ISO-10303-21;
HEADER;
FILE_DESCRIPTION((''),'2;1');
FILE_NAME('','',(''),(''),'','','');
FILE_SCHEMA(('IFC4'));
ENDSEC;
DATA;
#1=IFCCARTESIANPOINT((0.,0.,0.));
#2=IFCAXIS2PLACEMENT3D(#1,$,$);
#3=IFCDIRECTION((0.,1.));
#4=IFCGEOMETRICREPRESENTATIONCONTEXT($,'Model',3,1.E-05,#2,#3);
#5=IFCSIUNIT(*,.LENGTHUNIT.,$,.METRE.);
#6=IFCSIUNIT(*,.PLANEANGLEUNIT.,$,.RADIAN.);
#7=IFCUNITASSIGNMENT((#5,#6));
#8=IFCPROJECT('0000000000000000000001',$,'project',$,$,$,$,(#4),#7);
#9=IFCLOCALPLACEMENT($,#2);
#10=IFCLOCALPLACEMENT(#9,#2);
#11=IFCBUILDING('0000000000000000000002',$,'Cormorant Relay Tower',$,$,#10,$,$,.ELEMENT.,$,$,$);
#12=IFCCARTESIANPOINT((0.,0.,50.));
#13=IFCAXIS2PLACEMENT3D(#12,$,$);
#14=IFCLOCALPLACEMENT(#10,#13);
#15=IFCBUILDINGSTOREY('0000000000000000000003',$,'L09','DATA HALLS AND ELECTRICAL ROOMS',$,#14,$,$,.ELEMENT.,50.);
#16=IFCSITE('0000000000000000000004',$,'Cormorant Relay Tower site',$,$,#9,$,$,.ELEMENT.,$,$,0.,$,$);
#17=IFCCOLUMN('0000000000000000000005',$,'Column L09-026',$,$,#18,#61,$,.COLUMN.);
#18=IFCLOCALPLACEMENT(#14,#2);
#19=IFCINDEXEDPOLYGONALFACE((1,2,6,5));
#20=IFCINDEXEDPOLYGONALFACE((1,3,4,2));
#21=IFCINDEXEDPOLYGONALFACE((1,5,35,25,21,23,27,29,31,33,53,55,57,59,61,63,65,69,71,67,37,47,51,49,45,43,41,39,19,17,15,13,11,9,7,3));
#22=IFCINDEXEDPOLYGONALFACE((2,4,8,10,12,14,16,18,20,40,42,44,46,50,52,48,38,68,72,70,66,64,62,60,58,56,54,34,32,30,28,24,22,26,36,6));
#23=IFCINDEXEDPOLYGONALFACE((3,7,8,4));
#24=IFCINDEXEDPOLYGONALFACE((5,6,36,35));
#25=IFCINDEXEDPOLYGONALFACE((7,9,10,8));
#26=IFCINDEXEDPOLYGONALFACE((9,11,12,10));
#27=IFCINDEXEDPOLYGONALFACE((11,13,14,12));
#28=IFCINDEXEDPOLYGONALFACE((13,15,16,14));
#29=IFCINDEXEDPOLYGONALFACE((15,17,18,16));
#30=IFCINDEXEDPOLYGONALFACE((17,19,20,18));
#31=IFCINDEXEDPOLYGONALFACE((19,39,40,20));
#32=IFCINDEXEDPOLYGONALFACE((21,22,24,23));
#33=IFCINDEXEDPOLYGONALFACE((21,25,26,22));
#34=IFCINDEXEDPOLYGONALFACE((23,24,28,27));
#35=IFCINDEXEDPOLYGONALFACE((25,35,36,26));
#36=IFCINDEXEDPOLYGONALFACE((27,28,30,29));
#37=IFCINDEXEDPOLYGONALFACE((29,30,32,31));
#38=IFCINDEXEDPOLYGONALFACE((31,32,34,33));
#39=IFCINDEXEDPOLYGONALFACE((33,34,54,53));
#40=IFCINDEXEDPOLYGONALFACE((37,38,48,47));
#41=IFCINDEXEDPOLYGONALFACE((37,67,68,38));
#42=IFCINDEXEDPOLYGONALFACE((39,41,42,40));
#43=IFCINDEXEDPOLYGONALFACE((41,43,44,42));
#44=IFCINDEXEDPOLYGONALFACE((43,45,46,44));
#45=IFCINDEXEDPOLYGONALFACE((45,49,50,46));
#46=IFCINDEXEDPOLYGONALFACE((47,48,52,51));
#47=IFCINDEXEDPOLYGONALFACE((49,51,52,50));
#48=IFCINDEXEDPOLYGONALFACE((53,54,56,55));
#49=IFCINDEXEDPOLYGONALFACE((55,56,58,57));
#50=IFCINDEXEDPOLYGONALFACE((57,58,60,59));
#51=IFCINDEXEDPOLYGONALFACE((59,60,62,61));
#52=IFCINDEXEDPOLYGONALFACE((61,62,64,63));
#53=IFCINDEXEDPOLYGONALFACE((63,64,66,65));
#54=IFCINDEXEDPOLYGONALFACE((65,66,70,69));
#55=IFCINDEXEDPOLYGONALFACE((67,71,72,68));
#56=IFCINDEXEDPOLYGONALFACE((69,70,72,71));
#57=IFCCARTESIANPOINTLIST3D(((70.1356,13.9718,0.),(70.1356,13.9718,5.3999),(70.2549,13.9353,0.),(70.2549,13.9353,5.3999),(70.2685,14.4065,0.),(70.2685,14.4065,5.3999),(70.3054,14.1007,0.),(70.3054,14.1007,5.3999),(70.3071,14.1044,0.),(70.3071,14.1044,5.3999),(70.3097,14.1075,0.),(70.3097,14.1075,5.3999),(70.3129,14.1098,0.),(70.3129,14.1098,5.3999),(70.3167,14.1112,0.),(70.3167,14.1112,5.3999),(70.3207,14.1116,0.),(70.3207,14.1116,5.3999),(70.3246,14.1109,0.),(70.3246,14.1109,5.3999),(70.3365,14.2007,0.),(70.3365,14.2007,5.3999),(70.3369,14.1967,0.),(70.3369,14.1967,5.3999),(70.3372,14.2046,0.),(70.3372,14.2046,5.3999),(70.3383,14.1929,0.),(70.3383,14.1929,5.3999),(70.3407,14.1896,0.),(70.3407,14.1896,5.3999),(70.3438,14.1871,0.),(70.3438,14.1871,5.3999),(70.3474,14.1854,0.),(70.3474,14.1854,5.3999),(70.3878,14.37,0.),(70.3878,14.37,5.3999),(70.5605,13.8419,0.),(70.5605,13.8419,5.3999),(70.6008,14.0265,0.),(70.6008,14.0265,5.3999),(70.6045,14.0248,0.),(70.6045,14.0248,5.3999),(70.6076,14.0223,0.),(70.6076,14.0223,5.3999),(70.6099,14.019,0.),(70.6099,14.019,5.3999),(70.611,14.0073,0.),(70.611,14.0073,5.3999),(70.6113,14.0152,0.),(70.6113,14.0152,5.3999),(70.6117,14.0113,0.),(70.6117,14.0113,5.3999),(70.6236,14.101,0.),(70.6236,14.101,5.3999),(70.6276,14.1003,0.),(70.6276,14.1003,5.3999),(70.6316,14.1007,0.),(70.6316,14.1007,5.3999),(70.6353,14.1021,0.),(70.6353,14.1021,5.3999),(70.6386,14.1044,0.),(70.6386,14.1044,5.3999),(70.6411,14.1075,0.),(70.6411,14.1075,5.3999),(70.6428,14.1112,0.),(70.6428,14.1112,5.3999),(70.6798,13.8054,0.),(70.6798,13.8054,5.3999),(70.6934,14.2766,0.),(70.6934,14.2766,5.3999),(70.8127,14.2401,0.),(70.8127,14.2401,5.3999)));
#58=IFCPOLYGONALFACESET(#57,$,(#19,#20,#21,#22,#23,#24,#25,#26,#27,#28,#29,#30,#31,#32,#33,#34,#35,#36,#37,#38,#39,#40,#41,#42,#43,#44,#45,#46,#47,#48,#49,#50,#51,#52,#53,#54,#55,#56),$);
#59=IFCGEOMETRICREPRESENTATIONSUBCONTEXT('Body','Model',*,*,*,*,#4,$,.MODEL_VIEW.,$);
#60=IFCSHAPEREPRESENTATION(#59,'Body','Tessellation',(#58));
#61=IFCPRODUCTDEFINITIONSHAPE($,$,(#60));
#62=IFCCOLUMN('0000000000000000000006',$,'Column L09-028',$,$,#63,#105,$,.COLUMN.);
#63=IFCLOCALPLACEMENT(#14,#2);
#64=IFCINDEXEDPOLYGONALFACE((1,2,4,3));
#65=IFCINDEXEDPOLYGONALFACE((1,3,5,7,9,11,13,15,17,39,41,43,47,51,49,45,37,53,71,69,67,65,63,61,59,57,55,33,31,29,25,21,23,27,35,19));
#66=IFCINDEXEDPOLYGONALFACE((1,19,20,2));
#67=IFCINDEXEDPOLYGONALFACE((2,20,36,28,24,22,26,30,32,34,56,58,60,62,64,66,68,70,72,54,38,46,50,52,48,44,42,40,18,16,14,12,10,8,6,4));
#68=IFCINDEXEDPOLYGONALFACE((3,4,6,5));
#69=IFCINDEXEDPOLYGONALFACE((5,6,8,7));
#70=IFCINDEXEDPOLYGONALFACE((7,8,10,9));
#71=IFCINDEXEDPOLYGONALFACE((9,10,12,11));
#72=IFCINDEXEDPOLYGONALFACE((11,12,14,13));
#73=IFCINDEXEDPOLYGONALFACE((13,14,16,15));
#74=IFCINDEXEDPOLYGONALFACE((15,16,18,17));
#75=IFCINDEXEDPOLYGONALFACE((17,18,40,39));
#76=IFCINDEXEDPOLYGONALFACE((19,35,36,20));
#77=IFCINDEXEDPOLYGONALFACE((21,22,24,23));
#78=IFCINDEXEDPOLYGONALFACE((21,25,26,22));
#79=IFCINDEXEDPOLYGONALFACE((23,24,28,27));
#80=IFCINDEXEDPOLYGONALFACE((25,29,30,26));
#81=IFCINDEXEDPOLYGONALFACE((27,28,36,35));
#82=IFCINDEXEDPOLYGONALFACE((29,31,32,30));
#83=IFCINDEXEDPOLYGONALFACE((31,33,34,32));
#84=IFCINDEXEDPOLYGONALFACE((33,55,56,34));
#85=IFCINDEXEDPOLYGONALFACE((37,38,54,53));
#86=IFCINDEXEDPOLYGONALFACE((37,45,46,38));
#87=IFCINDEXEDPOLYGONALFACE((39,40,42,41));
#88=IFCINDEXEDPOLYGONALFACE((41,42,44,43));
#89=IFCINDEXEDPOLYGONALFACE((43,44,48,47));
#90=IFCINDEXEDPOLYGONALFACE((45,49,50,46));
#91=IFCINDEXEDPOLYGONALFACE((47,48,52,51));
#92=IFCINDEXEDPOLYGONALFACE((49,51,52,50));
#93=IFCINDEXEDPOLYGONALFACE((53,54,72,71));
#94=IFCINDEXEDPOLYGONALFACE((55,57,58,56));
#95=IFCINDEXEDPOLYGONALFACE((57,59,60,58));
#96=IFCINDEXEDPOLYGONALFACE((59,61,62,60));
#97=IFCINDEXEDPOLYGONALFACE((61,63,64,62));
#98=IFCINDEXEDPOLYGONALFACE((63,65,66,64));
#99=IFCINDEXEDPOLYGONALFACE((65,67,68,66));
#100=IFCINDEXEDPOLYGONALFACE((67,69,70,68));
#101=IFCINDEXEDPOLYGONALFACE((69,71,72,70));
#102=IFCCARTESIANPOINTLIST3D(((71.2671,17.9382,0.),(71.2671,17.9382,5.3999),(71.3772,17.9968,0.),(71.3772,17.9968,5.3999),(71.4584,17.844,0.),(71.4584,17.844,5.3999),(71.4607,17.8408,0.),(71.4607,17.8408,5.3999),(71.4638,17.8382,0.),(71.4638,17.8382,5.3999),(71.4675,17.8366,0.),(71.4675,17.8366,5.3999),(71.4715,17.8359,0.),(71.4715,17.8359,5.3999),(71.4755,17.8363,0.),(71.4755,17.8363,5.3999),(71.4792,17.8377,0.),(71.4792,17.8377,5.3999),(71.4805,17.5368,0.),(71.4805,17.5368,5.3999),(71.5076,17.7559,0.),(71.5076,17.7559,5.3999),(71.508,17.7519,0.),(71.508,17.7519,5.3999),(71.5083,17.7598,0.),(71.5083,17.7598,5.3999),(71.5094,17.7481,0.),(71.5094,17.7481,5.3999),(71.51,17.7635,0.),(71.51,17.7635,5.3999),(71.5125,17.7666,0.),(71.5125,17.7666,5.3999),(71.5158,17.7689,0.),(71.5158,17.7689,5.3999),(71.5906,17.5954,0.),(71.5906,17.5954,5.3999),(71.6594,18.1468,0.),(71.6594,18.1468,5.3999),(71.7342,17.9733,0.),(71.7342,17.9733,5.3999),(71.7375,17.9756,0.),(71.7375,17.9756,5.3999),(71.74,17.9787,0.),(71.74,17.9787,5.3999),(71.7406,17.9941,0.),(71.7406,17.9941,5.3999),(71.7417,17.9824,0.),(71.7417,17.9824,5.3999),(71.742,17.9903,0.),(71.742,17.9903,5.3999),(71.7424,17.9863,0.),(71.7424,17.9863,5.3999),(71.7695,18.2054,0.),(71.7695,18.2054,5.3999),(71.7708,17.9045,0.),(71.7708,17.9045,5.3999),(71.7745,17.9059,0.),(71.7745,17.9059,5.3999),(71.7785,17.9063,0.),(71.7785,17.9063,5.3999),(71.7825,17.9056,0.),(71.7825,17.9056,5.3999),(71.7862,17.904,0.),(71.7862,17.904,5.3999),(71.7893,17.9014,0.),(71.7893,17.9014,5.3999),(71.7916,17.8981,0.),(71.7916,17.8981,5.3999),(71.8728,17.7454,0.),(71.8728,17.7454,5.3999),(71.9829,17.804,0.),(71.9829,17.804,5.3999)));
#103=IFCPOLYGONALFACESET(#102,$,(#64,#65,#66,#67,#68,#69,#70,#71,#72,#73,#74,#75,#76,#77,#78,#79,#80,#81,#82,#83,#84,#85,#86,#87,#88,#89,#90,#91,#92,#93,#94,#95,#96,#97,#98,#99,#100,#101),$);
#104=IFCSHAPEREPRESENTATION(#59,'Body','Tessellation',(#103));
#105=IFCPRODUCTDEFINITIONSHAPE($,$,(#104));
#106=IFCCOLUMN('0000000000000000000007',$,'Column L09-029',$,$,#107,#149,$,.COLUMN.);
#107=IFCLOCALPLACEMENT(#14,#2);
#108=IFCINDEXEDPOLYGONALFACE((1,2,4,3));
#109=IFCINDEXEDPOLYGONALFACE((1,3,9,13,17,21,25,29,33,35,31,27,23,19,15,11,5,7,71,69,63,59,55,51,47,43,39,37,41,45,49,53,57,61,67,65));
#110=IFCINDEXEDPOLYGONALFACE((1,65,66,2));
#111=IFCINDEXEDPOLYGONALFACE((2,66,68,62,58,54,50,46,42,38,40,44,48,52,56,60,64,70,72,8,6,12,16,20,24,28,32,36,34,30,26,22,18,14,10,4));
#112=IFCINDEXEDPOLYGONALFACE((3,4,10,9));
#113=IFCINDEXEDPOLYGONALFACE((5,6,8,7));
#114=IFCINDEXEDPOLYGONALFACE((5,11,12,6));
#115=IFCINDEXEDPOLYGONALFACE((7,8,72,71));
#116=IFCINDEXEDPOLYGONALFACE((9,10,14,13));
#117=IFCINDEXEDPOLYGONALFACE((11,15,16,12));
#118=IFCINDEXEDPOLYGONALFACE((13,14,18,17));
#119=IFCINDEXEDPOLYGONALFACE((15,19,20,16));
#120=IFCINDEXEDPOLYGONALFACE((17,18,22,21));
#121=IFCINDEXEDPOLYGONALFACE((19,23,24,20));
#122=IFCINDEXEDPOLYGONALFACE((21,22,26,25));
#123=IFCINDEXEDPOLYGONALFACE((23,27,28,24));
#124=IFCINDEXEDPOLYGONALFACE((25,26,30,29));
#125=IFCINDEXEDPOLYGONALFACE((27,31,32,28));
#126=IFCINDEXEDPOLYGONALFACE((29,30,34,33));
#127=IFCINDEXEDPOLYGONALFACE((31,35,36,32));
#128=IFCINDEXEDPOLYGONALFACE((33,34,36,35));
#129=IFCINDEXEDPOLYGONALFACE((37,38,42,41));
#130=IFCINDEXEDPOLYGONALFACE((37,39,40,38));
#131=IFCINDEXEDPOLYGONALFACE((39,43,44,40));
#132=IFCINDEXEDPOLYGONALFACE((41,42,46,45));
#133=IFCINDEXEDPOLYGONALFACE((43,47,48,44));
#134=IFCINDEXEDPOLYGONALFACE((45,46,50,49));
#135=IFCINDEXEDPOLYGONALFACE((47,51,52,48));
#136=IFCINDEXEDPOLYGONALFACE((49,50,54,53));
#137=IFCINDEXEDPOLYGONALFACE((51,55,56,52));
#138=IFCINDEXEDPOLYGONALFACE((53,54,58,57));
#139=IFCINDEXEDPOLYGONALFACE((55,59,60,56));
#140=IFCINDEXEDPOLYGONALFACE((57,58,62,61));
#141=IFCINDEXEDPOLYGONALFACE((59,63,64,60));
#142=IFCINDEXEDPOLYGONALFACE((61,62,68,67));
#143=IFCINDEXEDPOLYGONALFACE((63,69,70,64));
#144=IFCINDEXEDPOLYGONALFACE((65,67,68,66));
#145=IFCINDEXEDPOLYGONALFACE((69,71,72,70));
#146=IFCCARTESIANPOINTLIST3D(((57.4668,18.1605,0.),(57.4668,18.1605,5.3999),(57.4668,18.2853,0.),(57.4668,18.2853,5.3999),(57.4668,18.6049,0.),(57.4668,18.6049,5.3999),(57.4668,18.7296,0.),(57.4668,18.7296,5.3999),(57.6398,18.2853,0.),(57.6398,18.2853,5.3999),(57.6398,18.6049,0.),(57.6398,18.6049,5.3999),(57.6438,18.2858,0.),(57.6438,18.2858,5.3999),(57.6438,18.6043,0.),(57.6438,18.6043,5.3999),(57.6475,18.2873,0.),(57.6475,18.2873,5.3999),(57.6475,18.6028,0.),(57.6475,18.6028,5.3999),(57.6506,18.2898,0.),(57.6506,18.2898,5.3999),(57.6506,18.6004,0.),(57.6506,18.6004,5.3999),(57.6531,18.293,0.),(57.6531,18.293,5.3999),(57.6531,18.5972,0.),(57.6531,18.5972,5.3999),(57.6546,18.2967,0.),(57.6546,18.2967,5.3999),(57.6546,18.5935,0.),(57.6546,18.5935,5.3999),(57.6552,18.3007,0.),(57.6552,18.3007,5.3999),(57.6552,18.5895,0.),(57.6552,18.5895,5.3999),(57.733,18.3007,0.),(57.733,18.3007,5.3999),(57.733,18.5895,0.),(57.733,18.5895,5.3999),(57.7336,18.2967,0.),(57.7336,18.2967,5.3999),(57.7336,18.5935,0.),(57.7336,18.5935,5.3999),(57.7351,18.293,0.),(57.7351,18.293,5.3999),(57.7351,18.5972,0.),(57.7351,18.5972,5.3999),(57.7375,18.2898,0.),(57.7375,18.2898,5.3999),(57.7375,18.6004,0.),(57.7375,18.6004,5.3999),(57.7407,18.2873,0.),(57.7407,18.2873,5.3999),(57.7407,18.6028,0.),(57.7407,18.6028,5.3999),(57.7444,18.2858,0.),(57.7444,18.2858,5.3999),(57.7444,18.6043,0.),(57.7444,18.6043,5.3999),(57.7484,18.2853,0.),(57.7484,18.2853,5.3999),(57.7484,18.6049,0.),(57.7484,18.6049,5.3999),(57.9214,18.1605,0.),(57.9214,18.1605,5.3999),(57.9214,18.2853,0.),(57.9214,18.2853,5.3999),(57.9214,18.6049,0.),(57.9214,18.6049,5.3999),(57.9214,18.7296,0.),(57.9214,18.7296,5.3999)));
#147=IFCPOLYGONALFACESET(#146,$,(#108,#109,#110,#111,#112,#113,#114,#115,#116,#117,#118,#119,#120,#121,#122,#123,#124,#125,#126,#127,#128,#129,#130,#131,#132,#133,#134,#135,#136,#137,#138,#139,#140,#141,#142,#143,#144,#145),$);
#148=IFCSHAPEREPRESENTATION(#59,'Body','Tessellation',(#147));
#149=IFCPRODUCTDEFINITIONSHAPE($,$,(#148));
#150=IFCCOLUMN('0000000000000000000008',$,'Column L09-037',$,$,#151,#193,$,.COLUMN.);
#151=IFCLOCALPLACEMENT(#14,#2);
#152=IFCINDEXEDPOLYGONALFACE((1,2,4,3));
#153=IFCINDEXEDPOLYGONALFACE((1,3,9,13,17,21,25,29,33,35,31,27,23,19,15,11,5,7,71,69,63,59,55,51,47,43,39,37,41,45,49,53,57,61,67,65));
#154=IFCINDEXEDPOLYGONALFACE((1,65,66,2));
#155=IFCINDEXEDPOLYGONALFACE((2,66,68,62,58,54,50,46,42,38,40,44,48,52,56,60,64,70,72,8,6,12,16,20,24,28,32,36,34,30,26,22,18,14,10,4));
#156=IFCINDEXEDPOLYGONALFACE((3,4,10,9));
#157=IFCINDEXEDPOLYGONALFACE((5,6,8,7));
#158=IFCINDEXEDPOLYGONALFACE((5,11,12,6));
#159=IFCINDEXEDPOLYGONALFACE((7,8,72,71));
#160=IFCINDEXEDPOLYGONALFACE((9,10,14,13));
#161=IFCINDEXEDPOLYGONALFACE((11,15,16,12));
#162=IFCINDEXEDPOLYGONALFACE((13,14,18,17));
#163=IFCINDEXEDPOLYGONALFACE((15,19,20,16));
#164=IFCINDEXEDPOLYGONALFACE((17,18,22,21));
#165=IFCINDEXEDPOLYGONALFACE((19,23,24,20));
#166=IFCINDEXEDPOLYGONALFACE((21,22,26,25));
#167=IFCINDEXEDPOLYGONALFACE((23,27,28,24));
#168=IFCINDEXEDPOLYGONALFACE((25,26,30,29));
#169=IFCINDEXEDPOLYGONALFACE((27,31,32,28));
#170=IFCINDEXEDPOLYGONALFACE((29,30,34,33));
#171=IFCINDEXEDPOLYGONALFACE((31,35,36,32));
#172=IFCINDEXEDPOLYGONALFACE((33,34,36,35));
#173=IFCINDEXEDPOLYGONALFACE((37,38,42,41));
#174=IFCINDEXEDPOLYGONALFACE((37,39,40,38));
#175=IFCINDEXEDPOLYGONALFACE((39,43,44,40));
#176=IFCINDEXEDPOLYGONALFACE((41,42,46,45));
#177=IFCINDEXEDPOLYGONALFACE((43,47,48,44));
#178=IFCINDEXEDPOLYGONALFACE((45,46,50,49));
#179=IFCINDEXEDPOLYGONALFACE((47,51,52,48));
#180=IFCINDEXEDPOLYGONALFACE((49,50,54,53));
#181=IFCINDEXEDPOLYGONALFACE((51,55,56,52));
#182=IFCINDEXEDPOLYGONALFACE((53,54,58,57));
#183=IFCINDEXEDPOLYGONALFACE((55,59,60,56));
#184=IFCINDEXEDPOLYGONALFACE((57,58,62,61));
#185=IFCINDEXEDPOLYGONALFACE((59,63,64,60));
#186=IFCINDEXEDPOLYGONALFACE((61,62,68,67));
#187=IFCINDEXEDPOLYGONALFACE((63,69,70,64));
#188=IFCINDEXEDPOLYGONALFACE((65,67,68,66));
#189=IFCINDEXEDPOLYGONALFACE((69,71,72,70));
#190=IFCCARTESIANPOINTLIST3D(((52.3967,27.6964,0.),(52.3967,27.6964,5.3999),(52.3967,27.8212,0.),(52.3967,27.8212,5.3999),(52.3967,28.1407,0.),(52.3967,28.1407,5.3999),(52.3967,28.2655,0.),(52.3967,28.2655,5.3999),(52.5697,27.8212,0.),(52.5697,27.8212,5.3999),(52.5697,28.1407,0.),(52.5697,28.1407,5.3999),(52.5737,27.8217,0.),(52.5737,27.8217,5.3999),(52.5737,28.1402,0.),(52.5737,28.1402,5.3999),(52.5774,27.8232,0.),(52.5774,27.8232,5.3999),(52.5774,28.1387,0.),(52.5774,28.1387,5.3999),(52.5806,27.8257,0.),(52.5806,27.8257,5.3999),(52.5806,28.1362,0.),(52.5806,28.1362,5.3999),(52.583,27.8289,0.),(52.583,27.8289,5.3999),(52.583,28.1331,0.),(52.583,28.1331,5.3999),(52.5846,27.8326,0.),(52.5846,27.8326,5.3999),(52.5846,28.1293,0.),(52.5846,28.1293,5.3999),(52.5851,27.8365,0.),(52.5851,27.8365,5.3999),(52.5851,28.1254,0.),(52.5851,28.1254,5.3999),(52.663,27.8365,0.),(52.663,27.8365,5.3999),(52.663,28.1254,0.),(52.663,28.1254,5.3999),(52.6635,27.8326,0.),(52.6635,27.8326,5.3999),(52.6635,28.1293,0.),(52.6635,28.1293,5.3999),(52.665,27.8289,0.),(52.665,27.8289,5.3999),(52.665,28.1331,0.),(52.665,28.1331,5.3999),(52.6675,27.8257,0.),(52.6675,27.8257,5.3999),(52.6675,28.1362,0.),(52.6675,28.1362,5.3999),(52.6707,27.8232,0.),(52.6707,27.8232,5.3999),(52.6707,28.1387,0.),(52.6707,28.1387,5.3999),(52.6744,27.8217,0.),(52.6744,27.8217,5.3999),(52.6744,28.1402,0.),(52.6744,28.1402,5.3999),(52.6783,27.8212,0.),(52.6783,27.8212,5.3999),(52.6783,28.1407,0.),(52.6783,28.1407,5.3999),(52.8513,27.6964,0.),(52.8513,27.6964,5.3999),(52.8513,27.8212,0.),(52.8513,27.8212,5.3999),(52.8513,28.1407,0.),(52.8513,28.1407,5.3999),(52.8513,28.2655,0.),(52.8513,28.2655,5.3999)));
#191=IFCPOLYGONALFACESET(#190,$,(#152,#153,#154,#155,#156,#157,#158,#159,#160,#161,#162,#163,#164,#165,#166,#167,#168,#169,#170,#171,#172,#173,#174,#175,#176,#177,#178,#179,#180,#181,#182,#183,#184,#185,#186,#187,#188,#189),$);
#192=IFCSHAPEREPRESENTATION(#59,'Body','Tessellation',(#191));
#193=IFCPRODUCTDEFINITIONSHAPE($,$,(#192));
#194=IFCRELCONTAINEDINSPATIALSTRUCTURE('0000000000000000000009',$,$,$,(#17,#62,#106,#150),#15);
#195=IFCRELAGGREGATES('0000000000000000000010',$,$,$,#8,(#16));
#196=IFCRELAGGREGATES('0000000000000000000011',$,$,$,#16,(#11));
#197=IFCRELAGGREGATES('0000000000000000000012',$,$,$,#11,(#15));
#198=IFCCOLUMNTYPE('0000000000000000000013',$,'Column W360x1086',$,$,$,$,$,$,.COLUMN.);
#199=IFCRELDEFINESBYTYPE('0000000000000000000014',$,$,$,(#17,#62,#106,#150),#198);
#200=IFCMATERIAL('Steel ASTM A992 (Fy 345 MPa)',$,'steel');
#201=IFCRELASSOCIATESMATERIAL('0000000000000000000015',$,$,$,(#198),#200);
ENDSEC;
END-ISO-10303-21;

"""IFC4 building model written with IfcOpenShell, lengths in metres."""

from ifc_helpers import new_model, si_unit, direction, frame, origin, origin_2d, place, context, subcontext, project, spatial, i_section, extrude, material, material_profile, profile_set, type_object, element, save


model = new_model("IFC4")

# Units and contexts
model_context = context("Model", 3, precision=1e-05, world=origin(), true_north=direction((0.0, 1.0)))
body_context = subcontext(model_context, "Body", "Model", "MODEL_VIEW")
ifc_project = project(units=[si_unit("LENGTHUNIT", "METRE"), si_unit("PLANEANGLEUNIT", "RADIAN")], contexts=[model_context])

# Site, building, storey
site_placement = place(None, origin())
site = spatial("IfcSite", under=ifc_project, at=site_placement, Name="Cormorant Relay Tower site", CompositionType="ELEMENT", RefElevation=0.0)
building_placement = place(site_placement, origin())
building = spatial("IfcBuilding", under=site, at=building_placement, Name="Cormorant Relay Tower", CompositionType="ELEMENT")
storey_placement = place(building_placement, frame((0.0, 0.0, 50.0)))
storey = spatial("IfcBuildingStorey", under=building, at=storey_placement, Name="L09", Description="DATA HALLS AND ELECTRICAL ROOMS", CompositionType="ELEMENT", Elevation=50.0)

# Columns
ifc_material_1 = material(Name="Steel ASTM A992 (Fy 345 MPa)", Category="steel")
ifc_material_profile_1 = material_profile(ifc_material_1, i_section(OverallWidth=0.4546, OverallDepth=0.5691, WebThickness=0.0779, FlangeThickness=0.1248, FilletRadius=0.0154, at=origin_2d()), Name="W360x1086")
ifc_profile_set_1 = profile_set([ifc_material_profile_1], Name="Steel ASTM A992 (Fy 345 MPa)")
column_type_1 = type_object("IfcColumnType", Name="Column W360x1086", PredefinedType="COLUMN", material=ifc_profile_set_1)
for number, where, z_axis, x_axis, name in (
    (1, (70.4741, 14.106, 0.0), (0.0, 0.0, 1.0), (0.292372, 0.956305, 0.0), "Column L09-026"),
    (2, (71.625, 17.8711, 0.0), (0.0, 0.0, 1.0), (-0.469472, 0.882948, 0.0), "Column L09-028"),
    (3, (57.6941, 18.4451, 0.0), (0.0, 0.0, 1.0), (1.0, 0.0, 0.0), "Column L09-029"),
    (4, (52.624, 27.981, 0.0), (0.0, 0.0, 1.0), (1.0, 0.0, 0.0), "Column L09-037"),
):
    element("IfcColumn", number, at=place(storey_placement, frame(where, z_axis=z_axis, x_axis=x_axis)), inside=storey, type_object=column_type_1, Name=name, PredefinedType="COLUMN", context=body_context, shape_type="SweptSolid", body=[
        extrude(i_section(OverallWidth=0.4546, OverallDepth=0.5691, WebThickness=0.0779, FlangeThickness=0.1248, FilletRadius=0.0154, at=origin_2d()), origin(), (0.0, 0.0, 1.0), 5.3999),
    ])

save(model, "model.ifc")
